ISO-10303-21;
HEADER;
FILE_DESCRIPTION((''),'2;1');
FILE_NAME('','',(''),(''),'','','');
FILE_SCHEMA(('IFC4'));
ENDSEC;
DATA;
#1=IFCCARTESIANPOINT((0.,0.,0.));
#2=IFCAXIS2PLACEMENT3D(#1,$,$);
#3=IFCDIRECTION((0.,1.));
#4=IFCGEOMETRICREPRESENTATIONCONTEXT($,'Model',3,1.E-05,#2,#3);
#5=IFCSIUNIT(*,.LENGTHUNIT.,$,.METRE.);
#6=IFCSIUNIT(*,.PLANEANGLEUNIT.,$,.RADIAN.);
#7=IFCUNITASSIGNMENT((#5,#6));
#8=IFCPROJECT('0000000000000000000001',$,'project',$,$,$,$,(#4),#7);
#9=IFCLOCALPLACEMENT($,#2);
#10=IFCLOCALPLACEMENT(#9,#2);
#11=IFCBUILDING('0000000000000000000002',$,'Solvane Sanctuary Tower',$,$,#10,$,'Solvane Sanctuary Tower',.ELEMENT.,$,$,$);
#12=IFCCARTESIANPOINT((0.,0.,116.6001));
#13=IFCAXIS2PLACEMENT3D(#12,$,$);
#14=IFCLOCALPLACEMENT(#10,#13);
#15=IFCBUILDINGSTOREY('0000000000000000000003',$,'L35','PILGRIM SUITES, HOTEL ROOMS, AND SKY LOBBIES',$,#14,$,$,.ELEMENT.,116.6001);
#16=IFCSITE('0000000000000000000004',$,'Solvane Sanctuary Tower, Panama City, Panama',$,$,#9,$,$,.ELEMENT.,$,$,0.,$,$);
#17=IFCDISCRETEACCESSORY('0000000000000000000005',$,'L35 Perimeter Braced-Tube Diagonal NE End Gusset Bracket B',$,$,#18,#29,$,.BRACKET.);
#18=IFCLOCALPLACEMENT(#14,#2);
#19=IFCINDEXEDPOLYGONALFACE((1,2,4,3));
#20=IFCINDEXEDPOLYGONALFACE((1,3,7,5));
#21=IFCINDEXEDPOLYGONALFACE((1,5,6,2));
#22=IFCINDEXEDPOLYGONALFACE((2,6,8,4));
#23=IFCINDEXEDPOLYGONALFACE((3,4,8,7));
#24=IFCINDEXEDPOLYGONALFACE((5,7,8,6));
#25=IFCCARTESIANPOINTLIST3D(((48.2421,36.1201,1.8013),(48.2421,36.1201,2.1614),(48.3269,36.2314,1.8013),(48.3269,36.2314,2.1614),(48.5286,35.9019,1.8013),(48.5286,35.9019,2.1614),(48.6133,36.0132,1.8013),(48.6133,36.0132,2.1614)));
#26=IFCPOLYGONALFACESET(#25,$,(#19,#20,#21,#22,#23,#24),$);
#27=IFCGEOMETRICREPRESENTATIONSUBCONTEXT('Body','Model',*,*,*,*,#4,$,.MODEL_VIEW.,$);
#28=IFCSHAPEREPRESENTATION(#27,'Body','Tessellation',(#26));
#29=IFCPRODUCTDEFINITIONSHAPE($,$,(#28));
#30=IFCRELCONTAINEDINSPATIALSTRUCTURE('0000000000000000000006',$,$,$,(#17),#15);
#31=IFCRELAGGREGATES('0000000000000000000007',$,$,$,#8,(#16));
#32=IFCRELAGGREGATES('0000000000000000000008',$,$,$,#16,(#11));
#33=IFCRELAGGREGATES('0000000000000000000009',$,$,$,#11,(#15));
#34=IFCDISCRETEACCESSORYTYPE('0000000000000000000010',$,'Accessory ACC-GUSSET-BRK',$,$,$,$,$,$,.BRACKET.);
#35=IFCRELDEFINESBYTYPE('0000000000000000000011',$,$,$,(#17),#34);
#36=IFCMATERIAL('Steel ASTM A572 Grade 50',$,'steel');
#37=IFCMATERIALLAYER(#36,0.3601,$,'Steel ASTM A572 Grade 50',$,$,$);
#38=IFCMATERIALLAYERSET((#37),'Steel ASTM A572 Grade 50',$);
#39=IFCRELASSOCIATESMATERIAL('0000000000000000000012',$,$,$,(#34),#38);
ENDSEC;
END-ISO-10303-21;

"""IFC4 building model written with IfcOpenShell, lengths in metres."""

from ifc_helpers import new_model, si_unit, direction, frame, origin, origin_2d, place, context, subcontext, project, spatial, rectangle, extrude, material, layer, layer_set, type_object, element, save


model = new_model("IFC4")

# Units and contexts
model_context = context("Model", 3, precision=1e-05, world=origin(), true_north=direction((0.0, 1.0)))
body_context = subcontext(model_context, "Body", "Model", "MODEL_VIEW")
ifc_project = project(units=[si_unit("LENGTHUNIT", "METRE"), si_unit("PLANEANGLEUNIT", "RADIAN")], contexts=[model_context])

# Site, building, storey
site_placement = place(None, origin())
site = spatial("IfcSite", under=ifc_project, at=site_placement, Name="Solvane Sanctuary Tower, Panama City, Panama", CompositionType="ELEMENT", RefElevation=0.0)
building_placement = place(site_placement, origin())
building = spatial("IfcBuilding", under=site, at=building_placement, Name="Solvane Sanctuary Tower", LongName="Solvane Sanctuary Tower", CompositionType="ELEMENT")
storey_placement = place(building_placement, frame((0.0, 0.0, 116.6001)))
storey = spatial("IfcBuildingStorey", under=building, at=storey_placement, Name="L35", Description="PILGRIM SUITES, HOTEL ROOMS, AND SKY LOBBIES", CompositionType="ELEMENT", Elevation=116.6001)

# Discrete accessory
ifc_material_1 = material(Name="Steel ASTM A572 Grade 50", Category="steel")
ifc_layer_1 = layer(ifc_material_1, 0.3601, Name="Steel ASTM A572 Grade 50")
ifc_layer_set_1 = layer_set([ifc_layer_1], Name="Steel ASTM A572 Grade 50")
discrete_accessory_type = type_object("IfcDiscreteAccessoryType", Name="Accessory ACC-GUSSET-BRK", PredefinedType="BRACKET", material=ifc_layer_set_1)
for number, where, z_axis, x_axis, name in (
    (1, (48.4277, 36.0667, 1.8013), (0.0, 0.0, 1.0), (0.795473, -0.605988, 0.0), "L35 Perimeter Braced-Tube Diagonal NE End Gusset Bracket B"),
):
    element("IfcDiscreteAccessory", number, at=place(storey_placement, frame(where, z_axis=z_axis, x_axis=x_axis)), inside=storey, type_object=discrete_accessory_type, Name=name, PredefinedType="BRACKET", context=body_context, shape_type="SweptSolid", body=[
        extrude(rectangle(XDim=0.3601, YDim=0.1399, at=origin_2d()), origin(), (0.0, 0.0, 1.0), 0.3601),
    ])

save(model, "model.ifc")
